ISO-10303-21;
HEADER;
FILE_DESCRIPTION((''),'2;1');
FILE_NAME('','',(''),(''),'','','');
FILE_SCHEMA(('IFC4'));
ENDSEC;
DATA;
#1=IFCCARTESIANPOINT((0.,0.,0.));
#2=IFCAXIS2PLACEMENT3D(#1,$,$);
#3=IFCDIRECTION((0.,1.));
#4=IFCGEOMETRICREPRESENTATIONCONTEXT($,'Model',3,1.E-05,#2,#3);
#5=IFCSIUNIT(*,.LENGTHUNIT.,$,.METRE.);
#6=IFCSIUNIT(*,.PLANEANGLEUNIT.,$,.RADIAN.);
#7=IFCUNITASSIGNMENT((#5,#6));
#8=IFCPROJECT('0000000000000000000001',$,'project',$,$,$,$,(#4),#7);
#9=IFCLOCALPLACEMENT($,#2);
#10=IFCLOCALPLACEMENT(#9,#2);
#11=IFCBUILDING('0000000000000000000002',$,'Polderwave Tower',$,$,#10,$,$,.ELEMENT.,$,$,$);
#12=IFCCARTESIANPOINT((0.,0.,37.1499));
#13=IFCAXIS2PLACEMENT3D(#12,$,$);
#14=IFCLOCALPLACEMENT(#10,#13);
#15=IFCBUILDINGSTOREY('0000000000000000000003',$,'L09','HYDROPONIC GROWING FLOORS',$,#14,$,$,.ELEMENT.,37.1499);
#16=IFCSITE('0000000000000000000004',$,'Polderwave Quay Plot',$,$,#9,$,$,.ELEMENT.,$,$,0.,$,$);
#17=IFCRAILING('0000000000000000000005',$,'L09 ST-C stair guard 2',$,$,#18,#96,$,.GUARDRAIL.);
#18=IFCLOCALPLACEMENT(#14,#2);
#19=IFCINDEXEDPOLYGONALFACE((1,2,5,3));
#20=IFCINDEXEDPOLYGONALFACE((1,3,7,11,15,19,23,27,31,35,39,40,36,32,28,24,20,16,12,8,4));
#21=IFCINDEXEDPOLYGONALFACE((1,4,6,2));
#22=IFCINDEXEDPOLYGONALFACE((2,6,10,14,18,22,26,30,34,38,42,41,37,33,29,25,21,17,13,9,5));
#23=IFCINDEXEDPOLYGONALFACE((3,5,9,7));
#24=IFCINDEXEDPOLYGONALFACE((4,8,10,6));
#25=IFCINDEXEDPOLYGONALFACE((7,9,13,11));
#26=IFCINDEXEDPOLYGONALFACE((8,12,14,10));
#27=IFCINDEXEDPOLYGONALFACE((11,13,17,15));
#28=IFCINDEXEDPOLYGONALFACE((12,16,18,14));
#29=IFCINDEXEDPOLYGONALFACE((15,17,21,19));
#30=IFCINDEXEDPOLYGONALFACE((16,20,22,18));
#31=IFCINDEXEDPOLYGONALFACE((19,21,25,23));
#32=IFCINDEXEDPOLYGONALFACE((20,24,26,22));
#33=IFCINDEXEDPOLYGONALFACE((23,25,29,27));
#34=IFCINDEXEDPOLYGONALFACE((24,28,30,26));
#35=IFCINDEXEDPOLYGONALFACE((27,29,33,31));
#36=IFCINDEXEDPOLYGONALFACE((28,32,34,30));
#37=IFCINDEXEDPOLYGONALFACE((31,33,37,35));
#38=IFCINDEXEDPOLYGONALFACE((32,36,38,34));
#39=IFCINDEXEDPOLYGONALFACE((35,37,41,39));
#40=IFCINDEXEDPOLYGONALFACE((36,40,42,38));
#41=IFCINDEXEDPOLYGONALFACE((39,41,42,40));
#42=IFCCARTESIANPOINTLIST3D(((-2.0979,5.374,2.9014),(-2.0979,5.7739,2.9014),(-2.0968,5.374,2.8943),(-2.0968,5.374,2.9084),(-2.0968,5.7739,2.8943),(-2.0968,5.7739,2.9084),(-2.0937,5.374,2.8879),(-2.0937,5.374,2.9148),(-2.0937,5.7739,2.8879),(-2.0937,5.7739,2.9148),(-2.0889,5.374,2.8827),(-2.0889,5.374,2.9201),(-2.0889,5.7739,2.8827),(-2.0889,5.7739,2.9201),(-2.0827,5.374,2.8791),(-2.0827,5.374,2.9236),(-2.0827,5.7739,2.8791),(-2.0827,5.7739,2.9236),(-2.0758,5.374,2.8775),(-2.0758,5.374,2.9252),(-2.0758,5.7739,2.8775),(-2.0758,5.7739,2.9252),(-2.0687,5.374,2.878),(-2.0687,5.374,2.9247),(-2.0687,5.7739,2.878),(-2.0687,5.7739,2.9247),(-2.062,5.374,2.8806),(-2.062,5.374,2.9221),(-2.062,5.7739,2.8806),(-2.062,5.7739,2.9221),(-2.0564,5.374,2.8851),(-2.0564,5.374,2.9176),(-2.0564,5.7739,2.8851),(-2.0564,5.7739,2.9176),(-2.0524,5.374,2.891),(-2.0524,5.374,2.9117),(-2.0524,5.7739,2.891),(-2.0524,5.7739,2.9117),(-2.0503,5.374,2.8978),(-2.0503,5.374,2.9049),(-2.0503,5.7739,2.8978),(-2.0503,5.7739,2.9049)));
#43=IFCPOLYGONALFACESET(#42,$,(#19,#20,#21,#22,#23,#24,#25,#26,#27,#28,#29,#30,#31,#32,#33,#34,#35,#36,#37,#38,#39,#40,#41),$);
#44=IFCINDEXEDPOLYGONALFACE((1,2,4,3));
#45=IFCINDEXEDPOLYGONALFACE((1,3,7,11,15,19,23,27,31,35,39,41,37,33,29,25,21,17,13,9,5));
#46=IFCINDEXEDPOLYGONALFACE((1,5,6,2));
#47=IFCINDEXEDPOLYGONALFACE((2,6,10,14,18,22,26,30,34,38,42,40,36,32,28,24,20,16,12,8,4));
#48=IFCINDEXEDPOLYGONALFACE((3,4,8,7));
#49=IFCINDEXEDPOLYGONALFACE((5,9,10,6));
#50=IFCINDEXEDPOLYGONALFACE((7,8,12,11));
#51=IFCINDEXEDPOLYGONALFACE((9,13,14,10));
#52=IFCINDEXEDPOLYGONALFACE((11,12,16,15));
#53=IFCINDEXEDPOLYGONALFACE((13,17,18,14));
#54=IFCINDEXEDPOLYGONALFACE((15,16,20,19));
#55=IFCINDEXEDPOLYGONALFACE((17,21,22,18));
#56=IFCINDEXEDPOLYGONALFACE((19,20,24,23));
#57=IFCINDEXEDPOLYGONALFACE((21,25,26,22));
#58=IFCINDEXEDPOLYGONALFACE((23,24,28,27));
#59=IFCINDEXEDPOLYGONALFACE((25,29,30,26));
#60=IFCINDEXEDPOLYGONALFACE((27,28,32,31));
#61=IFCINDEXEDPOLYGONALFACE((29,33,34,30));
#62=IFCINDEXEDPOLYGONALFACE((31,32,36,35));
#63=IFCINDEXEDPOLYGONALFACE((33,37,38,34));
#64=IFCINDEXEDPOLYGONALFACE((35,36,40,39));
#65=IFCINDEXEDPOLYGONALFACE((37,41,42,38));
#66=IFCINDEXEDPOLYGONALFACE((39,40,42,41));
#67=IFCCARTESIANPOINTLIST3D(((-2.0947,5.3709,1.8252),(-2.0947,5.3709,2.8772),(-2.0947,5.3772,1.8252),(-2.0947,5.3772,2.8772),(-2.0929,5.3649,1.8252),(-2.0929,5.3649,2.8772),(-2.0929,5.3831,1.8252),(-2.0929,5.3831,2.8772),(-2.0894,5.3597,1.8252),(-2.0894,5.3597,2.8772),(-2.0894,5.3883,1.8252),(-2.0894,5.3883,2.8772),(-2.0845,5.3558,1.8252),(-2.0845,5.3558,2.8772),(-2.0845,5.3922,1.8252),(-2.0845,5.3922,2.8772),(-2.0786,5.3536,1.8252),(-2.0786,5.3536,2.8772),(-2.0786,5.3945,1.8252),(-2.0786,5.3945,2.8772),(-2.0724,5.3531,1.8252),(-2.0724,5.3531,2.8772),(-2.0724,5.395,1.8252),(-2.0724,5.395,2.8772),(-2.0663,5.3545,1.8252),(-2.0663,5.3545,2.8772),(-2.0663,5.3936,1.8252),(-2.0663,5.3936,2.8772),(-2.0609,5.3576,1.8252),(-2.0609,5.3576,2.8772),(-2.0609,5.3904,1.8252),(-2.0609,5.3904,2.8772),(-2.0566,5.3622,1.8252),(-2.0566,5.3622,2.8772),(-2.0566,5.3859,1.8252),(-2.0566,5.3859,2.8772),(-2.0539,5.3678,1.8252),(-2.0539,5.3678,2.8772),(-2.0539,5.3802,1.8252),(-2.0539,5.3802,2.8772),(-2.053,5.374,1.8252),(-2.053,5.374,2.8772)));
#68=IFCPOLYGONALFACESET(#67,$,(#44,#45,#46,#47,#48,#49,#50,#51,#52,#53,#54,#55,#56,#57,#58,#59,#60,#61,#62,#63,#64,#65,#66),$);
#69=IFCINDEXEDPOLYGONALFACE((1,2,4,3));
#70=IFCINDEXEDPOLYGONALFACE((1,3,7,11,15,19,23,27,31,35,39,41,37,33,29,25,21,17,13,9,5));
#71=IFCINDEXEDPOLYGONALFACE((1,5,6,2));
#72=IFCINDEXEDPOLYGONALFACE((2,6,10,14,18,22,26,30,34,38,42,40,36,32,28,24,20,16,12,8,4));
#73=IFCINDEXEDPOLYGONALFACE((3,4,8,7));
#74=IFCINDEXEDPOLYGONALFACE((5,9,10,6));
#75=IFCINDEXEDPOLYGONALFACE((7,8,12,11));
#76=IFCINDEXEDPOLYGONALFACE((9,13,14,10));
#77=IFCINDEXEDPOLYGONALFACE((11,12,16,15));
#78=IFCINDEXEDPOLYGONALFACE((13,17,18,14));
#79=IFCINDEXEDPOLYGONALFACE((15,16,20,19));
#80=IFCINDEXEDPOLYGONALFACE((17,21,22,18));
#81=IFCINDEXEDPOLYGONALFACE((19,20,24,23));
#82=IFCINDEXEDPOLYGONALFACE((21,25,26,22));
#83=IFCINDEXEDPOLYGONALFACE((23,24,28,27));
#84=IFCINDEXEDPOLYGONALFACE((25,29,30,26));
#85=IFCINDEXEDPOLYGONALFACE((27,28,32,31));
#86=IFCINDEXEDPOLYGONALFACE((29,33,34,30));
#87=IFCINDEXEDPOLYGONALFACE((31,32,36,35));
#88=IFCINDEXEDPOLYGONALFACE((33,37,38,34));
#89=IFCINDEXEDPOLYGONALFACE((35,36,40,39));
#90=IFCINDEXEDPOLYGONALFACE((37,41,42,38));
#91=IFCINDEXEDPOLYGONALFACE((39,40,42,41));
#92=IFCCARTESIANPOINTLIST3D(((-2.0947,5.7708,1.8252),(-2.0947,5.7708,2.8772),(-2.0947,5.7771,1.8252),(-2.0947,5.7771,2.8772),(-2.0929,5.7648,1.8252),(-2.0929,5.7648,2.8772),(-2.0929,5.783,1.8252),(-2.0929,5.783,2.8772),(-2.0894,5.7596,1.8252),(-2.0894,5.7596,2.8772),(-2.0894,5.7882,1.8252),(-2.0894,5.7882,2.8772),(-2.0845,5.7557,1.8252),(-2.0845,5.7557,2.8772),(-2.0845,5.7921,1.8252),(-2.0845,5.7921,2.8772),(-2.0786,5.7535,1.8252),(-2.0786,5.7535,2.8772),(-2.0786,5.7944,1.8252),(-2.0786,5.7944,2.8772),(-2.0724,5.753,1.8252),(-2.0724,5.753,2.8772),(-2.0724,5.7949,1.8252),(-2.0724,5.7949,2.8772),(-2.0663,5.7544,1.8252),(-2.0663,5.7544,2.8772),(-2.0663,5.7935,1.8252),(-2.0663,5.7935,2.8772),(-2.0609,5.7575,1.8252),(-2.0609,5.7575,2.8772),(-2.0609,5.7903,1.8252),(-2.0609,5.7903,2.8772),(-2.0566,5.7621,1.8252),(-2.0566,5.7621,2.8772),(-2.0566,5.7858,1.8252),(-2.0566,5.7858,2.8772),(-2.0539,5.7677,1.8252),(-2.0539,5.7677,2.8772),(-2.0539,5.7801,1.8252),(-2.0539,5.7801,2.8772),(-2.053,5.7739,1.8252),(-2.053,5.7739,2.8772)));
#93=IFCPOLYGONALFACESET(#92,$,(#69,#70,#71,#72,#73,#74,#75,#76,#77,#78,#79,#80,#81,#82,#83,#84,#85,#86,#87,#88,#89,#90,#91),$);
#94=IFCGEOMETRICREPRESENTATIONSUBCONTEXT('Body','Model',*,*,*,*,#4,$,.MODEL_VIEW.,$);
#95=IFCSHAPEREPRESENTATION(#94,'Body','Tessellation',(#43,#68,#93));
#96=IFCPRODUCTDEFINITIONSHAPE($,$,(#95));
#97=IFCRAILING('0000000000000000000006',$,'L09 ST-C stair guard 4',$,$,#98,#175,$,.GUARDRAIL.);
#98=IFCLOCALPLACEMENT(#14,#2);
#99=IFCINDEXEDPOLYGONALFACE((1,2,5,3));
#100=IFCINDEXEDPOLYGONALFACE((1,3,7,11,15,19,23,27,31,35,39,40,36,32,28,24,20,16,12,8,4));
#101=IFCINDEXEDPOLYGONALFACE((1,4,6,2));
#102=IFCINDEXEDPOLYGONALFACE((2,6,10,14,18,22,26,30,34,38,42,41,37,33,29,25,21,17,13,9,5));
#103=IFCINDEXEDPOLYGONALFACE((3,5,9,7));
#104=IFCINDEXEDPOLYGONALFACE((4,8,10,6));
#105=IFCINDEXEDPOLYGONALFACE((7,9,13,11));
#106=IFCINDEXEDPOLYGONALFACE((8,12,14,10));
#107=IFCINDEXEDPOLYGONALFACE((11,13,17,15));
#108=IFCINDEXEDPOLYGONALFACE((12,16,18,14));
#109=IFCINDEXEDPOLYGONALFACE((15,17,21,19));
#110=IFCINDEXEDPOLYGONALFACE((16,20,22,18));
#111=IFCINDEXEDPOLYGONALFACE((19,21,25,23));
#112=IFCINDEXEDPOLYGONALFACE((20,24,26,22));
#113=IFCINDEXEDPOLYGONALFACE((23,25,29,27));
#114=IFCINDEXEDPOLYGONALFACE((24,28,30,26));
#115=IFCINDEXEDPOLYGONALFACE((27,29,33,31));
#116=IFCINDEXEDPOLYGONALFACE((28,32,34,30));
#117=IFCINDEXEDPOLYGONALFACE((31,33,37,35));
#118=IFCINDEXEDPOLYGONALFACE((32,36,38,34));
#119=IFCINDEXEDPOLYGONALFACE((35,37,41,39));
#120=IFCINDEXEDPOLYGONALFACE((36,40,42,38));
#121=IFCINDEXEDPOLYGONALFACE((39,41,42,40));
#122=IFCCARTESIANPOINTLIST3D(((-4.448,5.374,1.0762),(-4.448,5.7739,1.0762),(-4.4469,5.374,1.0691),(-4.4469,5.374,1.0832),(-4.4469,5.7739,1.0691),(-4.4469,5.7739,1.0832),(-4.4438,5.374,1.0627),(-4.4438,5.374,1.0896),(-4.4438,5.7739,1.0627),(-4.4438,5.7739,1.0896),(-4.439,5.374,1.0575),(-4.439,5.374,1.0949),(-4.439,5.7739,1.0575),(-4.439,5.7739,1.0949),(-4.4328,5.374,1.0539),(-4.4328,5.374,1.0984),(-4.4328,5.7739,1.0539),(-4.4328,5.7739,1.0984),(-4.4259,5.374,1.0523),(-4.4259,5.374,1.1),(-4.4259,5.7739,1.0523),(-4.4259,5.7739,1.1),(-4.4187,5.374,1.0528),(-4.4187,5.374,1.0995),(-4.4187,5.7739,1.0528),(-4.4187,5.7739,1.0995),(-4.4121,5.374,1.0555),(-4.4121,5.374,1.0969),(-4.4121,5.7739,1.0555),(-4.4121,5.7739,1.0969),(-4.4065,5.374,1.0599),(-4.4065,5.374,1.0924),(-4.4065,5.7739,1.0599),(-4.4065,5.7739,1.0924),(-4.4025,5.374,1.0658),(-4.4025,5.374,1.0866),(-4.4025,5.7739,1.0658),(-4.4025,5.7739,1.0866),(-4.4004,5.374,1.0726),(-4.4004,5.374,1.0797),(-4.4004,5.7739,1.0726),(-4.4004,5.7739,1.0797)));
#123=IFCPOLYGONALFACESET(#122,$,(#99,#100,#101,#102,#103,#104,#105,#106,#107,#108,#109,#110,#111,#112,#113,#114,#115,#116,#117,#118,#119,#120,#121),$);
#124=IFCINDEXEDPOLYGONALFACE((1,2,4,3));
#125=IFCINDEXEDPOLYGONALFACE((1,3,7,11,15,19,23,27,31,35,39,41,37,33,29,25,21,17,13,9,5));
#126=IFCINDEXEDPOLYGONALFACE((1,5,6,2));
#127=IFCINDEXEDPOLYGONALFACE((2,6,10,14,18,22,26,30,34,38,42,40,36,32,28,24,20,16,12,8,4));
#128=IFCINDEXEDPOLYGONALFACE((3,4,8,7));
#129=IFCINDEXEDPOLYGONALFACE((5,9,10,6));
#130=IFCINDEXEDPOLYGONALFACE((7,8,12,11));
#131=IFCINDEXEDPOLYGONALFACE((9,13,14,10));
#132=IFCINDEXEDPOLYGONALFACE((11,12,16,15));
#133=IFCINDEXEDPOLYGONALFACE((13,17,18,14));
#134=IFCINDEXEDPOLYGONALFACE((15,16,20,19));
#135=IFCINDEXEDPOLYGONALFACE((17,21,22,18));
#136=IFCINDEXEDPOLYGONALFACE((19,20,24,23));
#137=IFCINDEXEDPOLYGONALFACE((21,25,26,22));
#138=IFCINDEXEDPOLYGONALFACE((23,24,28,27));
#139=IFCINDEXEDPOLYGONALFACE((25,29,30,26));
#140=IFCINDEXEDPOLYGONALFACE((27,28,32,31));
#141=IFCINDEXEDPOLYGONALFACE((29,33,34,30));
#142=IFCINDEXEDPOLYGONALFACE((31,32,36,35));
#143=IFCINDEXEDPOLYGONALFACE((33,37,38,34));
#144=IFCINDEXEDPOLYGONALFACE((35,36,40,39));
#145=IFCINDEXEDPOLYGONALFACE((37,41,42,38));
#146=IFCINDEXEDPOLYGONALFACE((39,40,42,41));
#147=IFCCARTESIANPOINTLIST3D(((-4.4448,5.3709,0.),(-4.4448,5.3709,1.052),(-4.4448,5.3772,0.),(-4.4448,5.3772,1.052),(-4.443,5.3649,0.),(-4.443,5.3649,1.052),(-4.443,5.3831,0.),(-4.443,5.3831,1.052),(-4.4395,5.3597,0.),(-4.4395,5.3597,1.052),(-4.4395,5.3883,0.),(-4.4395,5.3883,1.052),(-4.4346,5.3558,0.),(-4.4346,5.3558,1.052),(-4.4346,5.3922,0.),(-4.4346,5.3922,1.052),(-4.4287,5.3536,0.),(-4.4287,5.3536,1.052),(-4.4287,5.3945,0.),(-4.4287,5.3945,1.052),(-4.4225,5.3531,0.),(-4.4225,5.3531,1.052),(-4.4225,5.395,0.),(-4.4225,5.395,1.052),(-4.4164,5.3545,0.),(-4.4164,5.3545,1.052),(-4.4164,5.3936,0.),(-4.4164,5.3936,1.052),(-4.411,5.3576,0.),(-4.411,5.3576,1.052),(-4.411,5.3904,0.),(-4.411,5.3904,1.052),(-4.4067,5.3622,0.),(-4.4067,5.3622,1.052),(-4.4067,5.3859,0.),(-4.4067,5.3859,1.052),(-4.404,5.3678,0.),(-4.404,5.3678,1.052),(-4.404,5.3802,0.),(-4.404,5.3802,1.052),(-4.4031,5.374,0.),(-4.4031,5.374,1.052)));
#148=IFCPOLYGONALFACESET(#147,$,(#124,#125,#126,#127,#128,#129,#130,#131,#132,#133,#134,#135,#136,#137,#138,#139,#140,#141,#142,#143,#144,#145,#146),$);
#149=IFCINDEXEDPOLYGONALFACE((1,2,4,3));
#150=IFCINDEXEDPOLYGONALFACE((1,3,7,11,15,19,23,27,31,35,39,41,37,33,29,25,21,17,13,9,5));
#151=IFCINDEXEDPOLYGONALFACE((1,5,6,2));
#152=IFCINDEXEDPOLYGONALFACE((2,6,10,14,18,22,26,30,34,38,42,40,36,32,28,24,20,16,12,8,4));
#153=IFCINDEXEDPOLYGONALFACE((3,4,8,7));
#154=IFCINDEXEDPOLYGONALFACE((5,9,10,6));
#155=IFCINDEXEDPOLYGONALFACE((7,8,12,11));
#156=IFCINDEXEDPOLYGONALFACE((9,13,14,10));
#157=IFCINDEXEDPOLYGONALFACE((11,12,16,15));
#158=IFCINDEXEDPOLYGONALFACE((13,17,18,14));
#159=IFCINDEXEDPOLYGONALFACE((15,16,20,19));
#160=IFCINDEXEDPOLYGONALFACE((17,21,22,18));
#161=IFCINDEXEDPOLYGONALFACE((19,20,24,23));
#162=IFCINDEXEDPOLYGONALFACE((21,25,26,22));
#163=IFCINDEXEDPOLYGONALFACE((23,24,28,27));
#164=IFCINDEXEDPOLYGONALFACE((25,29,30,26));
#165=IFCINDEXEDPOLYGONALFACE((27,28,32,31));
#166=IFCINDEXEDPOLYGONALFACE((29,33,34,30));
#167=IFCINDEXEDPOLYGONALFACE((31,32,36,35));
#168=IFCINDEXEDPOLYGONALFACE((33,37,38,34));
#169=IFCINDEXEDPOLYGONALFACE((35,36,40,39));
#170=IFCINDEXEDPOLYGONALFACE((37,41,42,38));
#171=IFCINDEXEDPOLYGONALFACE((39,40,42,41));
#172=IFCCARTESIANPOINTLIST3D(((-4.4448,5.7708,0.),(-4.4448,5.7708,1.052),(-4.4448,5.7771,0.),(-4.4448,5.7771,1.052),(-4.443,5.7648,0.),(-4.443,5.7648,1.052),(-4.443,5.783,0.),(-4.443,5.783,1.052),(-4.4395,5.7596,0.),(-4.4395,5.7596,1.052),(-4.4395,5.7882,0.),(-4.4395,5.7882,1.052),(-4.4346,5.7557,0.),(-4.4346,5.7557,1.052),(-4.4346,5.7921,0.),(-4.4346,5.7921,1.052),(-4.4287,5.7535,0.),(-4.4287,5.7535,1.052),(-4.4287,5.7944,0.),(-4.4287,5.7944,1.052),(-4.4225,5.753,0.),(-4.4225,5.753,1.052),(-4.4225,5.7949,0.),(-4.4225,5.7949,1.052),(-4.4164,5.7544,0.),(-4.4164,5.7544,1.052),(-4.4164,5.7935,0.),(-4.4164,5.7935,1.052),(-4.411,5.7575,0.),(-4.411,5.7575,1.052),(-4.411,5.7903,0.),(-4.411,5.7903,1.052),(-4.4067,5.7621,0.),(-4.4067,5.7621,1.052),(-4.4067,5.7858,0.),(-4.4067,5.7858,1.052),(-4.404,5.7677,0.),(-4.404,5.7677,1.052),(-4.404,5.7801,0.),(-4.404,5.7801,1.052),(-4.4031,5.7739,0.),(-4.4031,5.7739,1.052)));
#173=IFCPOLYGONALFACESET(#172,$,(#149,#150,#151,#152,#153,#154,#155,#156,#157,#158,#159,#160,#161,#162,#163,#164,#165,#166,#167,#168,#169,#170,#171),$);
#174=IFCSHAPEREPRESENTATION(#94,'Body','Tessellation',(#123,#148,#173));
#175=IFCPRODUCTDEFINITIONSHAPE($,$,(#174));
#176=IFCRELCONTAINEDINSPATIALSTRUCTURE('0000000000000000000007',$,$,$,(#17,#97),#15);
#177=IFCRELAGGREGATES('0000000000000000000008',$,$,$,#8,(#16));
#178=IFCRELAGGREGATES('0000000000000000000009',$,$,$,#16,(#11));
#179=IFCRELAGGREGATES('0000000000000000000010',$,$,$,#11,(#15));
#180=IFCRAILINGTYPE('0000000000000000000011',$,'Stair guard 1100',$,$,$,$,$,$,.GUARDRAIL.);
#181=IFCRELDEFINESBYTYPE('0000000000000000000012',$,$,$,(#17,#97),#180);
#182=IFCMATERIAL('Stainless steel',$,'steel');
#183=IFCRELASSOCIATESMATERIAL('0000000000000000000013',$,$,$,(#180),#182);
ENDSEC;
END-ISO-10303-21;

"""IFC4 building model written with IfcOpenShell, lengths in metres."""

from ifc_helpers import new_model, si_unit, direction, frame, origin, origin_2d, place, context, subcontext, project, spatial, circle, extrude, material, type_object, element, save


model = new_model("IFC4")

# Units and contexts
model_context = context("Model", 3, precision=1e-05, world=origin(), true_north=direction((0.0, 1.0)))
body_context = subcontext(model_context, "Body", "Model", "MODEL_VIEW")
ifc_project = project(units=[si_unit("LENGTHUNIT", "METRE"), si_unit("PLANEANGLEUNIT", "RADIAN")], contexts=[model_context])

# Site, building, storey
site_placement = place(None, origin())
site = spatial("IfcSite", under=ifc_project, at=site_placement, Name="Polderwave Quay Plot", CompositionType="ELEMENT", RefElevation=0.0)
building_placement = place(site_placement, origin())
building = spatial("IfcBuilding", under=site, at=building_placement, Name="Polderwave Tower", CompositionType="ELEMENT")
storey_placement = place(building_placement, frame((0.0, 0.0, 37.1499)))
storey = spatial("IfcBuildingStorey", under=building, at=storey_placement, Name="L09", Description="HYDROPONIC GROWING FLOORS", CompositionType="ELEMENT", Elevation=37.1499)

# Railings
ifc_material_1 = material(Name="Stainless steel", Category="steel")
railing_type_1 = type_object("IfcRailingType", Name="Stair guard 1100", PredefinedType="GUARDRAIL", material=ifc_material_1)
for number, where, name in (
    (1, (-2.074, 5.374, 1.8252), "L09 ST-C stair guard 2"),
    (2, (-4.4241, 5.374, 0.0), "L09 ST-C stair guard 4"),
):
    element("IfcRailing", number, at=place(storey_placement, frame(where)), inside=storey, type_object=railing_type_1, Name=name, PredefinedType="GUARDRAIL", context=body_context, shape_type="SweptSolid", body=[
        extrude(circle(Radius=0.0239, at=origin_2d()), frame((0.0, 0.0, 1.0762), z_axis=(0.0, 1.0, 0.0), x_axis=(-1.0, 0.0, 0.0)), (0.0, 0.0, 1.0), 0.3999),
        extrude(circle(Radius=0.021, at=origin_2d()), origin(), (0.0, 0.0, 1.0), 1.052),
        extrude(circle(Radius=0.021, at=origin_2d()), frame((0.0, 0.3999, 0.0)), (0.0, 0.0, 1.0), 1.052),
    ])

save(model, "model.ifc")
